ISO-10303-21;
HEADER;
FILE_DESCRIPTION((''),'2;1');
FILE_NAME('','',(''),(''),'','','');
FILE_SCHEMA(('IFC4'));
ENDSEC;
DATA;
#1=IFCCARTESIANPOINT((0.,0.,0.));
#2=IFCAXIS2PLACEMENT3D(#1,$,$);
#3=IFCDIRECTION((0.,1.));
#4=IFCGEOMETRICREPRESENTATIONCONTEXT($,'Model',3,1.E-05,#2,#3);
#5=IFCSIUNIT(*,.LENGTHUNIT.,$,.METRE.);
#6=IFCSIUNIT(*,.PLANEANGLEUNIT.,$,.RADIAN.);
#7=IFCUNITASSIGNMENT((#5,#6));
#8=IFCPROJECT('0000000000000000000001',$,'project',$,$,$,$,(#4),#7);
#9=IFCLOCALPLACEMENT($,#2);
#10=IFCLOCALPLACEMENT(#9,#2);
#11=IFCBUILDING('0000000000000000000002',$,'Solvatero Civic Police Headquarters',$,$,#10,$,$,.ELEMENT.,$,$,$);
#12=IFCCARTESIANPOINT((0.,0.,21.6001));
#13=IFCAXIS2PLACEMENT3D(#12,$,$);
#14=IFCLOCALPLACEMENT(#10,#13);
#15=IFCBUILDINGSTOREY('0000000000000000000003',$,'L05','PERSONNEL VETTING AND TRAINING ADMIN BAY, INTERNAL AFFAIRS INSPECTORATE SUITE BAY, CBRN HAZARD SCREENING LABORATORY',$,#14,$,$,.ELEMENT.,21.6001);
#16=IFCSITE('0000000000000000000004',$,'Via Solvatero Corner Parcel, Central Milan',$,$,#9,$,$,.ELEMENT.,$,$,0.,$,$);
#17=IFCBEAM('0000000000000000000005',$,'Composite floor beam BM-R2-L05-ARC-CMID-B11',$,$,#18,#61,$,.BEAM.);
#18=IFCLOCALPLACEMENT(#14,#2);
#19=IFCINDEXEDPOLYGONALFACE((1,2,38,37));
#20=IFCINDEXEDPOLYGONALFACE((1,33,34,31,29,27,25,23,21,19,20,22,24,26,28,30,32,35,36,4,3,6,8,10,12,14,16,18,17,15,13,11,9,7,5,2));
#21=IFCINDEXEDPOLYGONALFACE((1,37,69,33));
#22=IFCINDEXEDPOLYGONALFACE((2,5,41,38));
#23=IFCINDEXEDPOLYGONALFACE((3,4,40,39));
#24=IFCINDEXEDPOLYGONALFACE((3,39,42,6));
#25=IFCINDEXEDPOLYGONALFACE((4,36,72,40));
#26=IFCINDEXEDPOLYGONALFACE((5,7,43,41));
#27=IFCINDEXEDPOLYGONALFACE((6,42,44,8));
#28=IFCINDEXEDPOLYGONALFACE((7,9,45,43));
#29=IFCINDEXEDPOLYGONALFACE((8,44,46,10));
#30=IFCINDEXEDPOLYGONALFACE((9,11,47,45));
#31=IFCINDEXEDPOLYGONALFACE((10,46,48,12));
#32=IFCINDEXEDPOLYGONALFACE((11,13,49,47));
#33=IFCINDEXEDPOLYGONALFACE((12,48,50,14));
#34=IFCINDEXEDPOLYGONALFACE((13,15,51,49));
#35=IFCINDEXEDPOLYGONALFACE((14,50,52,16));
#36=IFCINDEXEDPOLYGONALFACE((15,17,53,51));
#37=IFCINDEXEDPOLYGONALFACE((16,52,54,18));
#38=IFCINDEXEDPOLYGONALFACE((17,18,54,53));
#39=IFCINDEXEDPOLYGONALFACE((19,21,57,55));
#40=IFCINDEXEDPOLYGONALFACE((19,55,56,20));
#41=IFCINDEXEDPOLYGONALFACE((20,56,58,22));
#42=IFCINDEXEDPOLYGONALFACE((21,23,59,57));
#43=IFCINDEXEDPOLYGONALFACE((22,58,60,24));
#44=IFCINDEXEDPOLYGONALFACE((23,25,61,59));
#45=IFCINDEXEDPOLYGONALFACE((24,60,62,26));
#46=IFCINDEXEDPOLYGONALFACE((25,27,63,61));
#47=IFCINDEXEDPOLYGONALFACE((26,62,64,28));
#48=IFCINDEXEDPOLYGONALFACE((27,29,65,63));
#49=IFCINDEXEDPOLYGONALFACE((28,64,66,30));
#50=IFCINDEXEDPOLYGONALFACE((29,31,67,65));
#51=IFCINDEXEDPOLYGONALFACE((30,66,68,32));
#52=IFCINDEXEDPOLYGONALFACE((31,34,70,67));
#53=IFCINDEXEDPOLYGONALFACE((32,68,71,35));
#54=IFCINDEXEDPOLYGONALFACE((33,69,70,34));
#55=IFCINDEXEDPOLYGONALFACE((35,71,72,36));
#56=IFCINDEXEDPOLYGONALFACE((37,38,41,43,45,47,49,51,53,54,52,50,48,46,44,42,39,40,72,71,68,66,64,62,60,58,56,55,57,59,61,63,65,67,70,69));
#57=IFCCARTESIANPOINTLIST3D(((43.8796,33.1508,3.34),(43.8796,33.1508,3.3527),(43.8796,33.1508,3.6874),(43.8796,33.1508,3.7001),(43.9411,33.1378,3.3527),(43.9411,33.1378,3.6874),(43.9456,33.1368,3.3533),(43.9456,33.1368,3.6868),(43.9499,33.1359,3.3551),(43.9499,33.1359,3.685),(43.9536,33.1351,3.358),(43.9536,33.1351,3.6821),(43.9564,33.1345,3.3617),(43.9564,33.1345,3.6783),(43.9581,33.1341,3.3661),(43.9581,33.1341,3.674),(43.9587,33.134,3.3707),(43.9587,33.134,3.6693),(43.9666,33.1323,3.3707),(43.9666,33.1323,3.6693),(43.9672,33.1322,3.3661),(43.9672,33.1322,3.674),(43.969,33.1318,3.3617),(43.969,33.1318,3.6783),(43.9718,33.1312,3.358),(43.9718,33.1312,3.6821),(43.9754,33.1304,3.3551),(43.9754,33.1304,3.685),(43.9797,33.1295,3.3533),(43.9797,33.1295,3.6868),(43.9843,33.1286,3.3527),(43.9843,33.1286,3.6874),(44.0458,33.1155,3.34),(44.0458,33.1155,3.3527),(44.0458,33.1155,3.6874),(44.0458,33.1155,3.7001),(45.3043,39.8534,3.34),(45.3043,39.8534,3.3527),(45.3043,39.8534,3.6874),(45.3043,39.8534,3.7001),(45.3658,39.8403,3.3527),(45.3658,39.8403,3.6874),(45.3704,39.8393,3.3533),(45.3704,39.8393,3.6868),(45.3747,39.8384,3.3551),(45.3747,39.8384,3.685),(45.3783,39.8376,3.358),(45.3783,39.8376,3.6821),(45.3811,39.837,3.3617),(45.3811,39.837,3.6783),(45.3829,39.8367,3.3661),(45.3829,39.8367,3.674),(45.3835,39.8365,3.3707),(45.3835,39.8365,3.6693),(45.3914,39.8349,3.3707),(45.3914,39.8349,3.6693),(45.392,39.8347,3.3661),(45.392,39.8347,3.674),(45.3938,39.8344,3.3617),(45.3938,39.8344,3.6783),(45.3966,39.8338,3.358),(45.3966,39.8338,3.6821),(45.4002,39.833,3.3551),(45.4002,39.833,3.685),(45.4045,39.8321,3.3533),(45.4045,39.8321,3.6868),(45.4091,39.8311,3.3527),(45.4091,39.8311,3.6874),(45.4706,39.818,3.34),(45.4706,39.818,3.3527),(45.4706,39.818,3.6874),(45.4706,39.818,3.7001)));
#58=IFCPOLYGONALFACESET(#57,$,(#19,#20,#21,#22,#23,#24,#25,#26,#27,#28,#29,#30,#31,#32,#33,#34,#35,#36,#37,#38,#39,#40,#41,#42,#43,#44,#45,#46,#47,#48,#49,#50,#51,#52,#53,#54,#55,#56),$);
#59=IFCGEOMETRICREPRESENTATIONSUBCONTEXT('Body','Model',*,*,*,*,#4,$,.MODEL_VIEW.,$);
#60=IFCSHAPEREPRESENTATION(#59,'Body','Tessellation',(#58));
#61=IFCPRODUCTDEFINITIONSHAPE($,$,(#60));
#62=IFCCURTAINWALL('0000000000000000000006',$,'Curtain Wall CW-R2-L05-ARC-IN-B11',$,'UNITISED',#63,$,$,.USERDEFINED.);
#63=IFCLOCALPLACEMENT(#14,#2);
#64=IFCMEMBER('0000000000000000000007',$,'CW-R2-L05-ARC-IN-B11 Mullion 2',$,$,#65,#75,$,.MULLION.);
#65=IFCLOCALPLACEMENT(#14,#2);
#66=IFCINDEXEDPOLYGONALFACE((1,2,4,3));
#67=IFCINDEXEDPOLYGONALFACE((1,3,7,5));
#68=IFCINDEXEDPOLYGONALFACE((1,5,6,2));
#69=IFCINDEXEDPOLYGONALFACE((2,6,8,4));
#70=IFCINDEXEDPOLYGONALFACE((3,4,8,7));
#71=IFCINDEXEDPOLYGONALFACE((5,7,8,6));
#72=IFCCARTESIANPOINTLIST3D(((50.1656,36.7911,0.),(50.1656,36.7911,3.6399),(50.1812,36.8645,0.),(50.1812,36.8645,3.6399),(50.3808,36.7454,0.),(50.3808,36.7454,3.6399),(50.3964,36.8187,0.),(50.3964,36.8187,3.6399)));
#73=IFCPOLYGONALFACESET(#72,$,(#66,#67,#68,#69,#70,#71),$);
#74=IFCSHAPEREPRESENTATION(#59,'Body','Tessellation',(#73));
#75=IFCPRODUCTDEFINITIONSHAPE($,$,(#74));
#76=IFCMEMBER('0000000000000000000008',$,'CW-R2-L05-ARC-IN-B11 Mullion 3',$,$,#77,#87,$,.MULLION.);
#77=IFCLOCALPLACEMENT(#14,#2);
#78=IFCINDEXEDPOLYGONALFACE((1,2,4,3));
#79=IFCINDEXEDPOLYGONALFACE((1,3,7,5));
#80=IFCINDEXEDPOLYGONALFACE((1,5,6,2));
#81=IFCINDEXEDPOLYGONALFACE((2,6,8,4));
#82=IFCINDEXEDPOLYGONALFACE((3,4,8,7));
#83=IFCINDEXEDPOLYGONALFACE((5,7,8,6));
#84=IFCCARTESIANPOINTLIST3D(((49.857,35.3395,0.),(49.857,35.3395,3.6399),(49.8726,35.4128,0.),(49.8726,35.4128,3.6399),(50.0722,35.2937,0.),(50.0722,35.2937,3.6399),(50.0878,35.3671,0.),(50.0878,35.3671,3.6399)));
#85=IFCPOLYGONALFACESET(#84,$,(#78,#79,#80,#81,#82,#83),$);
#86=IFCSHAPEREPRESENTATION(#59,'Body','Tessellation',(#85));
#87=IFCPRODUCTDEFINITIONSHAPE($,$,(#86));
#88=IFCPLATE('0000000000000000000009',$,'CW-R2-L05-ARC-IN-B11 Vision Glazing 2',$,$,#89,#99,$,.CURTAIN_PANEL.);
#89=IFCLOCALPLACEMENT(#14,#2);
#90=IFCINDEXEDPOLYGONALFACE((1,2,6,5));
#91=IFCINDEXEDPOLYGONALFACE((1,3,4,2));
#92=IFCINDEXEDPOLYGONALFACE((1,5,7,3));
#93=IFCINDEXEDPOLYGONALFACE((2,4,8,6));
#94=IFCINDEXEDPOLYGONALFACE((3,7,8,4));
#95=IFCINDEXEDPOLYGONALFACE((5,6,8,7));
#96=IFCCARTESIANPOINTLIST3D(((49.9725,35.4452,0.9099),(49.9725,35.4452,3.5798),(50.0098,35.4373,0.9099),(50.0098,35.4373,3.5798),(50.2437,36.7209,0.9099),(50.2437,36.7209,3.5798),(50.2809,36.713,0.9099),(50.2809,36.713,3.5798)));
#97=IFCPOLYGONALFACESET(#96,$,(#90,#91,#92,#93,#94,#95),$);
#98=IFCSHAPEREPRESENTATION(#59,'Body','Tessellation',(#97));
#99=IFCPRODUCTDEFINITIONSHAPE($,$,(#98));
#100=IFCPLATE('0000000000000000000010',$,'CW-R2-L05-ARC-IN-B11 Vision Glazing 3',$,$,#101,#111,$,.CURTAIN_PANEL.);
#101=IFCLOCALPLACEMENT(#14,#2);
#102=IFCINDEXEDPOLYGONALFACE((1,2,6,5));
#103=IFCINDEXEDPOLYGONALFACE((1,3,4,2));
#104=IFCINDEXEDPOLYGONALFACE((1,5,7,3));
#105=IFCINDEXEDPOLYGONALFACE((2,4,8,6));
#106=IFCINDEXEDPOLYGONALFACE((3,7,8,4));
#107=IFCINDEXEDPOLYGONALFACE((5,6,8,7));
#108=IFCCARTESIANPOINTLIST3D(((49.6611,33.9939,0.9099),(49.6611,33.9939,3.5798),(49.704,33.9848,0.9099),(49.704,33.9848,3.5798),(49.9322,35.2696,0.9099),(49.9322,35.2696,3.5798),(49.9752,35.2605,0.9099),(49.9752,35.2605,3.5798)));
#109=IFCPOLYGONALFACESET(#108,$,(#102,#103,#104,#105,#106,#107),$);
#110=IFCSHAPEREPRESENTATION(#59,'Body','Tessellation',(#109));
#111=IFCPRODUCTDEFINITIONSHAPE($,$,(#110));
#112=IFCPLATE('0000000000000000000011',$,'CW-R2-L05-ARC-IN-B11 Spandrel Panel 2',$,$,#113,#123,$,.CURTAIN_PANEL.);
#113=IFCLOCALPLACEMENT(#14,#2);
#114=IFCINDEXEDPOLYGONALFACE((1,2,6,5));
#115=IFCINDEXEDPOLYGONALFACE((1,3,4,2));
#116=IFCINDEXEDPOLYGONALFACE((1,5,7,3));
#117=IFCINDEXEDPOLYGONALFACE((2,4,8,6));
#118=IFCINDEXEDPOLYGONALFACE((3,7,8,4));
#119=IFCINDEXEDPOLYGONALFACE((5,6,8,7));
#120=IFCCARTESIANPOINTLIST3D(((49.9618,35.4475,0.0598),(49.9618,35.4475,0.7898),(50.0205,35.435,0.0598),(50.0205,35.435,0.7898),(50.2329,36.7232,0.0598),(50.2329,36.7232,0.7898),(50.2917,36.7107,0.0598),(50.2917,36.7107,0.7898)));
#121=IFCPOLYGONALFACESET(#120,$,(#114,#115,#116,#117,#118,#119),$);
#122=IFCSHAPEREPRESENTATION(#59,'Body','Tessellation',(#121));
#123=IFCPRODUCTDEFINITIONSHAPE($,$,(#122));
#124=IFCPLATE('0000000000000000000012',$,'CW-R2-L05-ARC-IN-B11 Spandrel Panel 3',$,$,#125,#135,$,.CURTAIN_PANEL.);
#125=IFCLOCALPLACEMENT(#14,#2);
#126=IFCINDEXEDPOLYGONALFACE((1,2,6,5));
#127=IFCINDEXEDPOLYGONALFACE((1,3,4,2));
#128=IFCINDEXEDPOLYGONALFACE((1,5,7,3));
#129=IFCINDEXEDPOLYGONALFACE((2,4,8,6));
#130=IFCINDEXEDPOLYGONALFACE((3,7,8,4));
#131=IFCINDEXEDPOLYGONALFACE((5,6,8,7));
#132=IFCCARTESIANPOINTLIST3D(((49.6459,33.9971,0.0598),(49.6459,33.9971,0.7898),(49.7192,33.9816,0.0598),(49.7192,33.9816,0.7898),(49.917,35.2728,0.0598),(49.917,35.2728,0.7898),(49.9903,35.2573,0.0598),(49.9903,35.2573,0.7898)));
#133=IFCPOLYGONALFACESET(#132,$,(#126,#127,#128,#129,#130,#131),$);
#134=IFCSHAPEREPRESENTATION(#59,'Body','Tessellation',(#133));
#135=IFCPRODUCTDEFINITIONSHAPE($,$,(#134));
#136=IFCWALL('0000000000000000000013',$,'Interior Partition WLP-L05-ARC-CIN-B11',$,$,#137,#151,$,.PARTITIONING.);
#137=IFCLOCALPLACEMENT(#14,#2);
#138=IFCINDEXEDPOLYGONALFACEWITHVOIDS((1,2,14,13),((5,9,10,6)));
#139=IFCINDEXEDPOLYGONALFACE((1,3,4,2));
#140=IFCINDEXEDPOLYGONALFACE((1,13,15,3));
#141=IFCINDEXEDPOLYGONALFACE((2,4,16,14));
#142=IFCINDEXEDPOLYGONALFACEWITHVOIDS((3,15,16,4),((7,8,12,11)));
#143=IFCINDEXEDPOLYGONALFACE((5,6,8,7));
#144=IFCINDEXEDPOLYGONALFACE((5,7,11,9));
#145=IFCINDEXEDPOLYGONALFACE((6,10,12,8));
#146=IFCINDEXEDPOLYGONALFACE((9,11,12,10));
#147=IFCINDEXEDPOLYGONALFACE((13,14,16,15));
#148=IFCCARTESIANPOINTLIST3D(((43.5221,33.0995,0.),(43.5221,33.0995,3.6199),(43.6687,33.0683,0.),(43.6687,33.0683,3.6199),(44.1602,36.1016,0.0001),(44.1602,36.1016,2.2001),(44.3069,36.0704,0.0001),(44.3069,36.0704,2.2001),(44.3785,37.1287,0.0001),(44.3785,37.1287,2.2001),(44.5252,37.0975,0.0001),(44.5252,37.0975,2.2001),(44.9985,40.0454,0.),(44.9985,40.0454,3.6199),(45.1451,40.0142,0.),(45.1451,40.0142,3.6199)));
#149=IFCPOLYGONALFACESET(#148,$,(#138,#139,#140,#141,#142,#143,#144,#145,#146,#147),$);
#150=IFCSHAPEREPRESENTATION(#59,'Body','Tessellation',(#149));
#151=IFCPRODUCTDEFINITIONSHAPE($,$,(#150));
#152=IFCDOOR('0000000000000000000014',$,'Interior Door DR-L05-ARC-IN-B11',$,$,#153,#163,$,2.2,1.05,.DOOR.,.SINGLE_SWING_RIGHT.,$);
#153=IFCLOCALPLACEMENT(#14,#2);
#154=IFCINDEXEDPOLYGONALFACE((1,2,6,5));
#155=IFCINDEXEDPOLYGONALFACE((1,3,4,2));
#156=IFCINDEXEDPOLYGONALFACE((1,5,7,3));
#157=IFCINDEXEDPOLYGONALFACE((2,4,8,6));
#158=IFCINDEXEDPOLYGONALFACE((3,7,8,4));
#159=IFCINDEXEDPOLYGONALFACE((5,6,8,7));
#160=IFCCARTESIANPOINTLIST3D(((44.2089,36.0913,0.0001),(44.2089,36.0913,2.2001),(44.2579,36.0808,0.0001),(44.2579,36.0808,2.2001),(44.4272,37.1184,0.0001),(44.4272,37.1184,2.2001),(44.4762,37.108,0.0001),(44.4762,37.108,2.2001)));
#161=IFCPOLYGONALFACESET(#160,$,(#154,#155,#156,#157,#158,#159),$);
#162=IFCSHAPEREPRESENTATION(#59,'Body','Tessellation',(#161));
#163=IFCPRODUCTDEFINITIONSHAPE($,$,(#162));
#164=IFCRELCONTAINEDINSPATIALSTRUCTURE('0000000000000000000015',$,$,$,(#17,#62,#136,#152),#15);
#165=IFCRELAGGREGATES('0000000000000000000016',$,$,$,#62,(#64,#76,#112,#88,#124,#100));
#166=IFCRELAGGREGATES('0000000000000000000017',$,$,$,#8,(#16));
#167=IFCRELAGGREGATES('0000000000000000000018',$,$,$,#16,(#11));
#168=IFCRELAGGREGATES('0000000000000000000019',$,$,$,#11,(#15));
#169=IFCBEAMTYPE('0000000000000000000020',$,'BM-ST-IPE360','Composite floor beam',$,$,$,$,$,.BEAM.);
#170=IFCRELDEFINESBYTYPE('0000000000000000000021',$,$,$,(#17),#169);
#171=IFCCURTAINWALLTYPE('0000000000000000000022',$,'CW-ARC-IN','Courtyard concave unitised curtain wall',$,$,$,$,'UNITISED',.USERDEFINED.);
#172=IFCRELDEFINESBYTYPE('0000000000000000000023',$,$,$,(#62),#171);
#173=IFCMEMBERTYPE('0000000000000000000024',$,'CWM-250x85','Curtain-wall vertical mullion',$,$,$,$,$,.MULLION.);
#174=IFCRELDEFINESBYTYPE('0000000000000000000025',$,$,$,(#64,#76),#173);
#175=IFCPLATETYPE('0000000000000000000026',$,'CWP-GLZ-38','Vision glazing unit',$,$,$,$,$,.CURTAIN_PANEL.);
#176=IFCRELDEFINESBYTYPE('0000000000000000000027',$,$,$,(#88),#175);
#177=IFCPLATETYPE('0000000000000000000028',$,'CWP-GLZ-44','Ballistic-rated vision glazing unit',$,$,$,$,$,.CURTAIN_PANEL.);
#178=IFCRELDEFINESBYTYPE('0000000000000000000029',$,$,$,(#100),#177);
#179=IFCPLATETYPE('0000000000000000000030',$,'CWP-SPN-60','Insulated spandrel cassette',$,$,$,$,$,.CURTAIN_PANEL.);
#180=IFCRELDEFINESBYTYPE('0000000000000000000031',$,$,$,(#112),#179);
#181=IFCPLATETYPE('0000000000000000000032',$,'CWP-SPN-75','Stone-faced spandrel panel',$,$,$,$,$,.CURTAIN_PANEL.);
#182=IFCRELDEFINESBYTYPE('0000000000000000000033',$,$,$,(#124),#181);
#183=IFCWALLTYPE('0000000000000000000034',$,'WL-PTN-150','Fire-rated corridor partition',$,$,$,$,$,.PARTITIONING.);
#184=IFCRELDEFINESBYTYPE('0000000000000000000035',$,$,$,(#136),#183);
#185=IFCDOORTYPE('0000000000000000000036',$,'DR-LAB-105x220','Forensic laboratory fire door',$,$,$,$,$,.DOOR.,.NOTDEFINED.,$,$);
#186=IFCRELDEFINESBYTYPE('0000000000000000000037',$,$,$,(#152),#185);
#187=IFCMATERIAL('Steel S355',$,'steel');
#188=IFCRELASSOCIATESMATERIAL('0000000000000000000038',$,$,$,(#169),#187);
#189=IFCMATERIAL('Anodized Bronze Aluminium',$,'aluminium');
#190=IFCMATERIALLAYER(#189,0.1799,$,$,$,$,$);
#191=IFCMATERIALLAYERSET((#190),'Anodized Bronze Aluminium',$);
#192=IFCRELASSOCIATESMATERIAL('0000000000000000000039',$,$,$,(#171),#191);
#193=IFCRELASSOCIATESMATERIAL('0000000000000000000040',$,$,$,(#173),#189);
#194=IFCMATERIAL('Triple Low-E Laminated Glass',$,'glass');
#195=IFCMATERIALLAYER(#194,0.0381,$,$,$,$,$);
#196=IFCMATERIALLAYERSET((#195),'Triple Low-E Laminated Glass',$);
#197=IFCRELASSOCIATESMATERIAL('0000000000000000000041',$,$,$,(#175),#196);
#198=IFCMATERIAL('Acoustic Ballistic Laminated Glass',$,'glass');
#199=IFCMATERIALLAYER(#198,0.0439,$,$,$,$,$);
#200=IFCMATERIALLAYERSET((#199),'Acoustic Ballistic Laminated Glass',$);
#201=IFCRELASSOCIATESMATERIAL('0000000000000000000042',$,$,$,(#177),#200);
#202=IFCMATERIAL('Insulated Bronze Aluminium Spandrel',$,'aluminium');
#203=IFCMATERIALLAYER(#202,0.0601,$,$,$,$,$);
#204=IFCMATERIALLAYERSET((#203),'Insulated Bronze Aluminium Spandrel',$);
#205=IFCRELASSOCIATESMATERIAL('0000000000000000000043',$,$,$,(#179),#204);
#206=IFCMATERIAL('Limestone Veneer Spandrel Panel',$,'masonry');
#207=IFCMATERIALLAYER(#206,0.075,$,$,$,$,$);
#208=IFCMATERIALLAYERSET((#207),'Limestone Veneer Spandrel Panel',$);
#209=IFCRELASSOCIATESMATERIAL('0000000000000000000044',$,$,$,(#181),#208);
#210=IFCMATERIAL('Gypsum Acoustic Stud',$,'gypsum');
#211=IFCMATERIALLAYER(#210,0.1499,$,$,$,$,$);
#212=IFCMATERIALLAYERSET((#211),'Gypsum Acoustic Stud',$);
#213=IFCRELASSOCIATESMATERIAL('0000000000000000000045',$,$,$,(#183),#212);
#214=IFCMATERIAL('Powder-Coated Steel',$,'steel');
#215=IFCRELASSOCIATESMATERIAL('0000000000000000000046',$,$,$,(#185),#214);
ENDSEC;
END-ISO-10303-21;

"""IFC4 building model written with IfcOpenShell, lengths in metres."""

from ifc_helpers import new_model, si_unit, direction, frame, frame_2d, origin, origin_2d, place, context, subcontext, project, spatial, rectangle, i_section, extrude, material, layer, layer_set, material_profile, profile_set, type_object, element, fill, aggregate, save


model = new_model("IFC4")

# Units and contexts
model_context = context("Model", 3, precision=1e-05, world=origin(), true_north=direction((0.0, 1.0)))
body_context = subcontext(model_context, "Body", "Model", "MODEL_VIEW")
ifc_project = project(units=[si_unit("LENGTHUNIT", "METRE"), si_unit("PLANEANGLEUNIT", "RADIAN")], contexts=[model_context])

# Site, building, storey
site_placement = place(None, origin())
site = spatial("IfcSite", under=ifc_project, at=site_placement, Name="Via Solvatero Corner Parcel, Central Milan", CompositionType="ELEMENT", RefElevation=0.0)
building_placement = place(site_placement, origin())
building = spatial("IfcBuilding", under=site, at=building_placement, Name="Solvatero Civic Police Headquarters", CompositionType="ELEMENT")
storey_placement = place(building_placement, frame((0.0, 0.0, 21.6001)))
storey = spatial("IfcBuildingStorey", under=building, at=storey_placement, Name="L05", Description="PERSONNEL VETTING AND TRAINING ADMIN BAY, INTERNAL AFFAIRS INSPECTORATE SUITE BAY, CBRN HAZARD SCREENING LABORATORY", CompositionType="ELEMENT", Elevation=21.6001)

# Shared definitions
ifc_material_1 = material(Name="Steel S355", Category="steel")

# Beam
ifc_material_profile_1 = material_profile(ifc_material_1, i_section(OverallWidth=0.1699, OverallDepth=0.3601, WebThickness=0.0081, FlangeThickness=0.0127, FilletRadius=0.0181, at=origin_2d()), Name="IPE 360")
ifc_profile_set_1 = profile_set([ifc_material_profile_1], Name="Steel S355")
beam_type_1 = type_object("IfcBeamType", Name="BM-ST-IPE360", Description="Composite floor beam", PredefinedType="BEAM", material=ifc_profile_set_1)
beam_1_placement = place(storey_placement, frame((45.3875, 39.8357, 3.52), z_axis=(-0.207928, -0.978144, 0.0), x_axis=(0.978144, -0.207928, 0.0)))
element("IfcBeam", 1, at=beam_1_placement, inside=storey, type_object=beam_type_1, Name="Composite floor beam BM-R2-L05-ARC-CMID-B11", PredefinedType="BEAM", context=body_context, shape_type="SweptSolid", body=[
    extrude(i_section(OverallWidth=0.1699, OverallDepth=0.3601, WebThickness=0.0081, FlangeThickness=0.0127, FilletRadius=0.0181, at=origin_2d()), origin(), (0.0, 0.0, 1.0), 6.8523),
])

# Curtain wall, members, plates
ifc_material_2 = material(Name="Anodized Bronze Aluminium", Category="aluminium")
ifc_layer_1 = layer(ifc_material_2, 0.1799)
ifc_layer_set_1 = layer_set([ifc_layer_1], Name="Anodized Bronze Aluminium")
curtain_wall_type = type_object("IfcCurtainWallType", Name="CW-ARC-IN", Description="Courtyard concave unitised curtain wall", ElementType="UNITISED", PredefinedType="USERDEFINED", material=ifc_layer_set_1)
curtain_wall_placement = place(storey_placement, origin())
curtain_wall = element("IfcCurtainWall", 2, at=curtain_wall_placement, inside=storey, type_object=curtain_wall_type, Name="Curtain Wall CW-R2-L05-ARC-IN-B11", ObjectType="UNITISED", PredefinedType="USERDEFINED")
ifc_material_profile_2 = material_profile(ifc_material_2, rectangle(XDim=0.075, YDim=0.22, at=origin_2d()), Name="ALU MULLION 75x220")
ifc_profile_set_2 = profile_set([ifc_material_profile_2], Name="Anodized Bronze Aluminium")
member_type = type_object("IfcMemberType", Name="CWM-250x85", Description="Curtain-wall vertical mullion", PredefinedType="MULLION", material=ifc_profile_set_2)
member_1_placement = place(storey_placement, frame((50.281, 36.8049, 0.0), z_axis=(0.0, 0.0, 1.0), x_axis=(-0.207895, -0.978151, 0.0)))
member_1 = element("IfcMember", 3, at=member_1_placement, type_object=member_type, Name="CW-R2-L05-ARC-IN-B11 Mullion 2", PredefinedType="MULLION", context=body_context, shape_type="SweptSolid", body=[
    extrude(rectangle(XDim=0.075, YDim=0.22, at=origin_2d()), origin(), (0.0, 0.0, 1.0), 3.6399),
])
member_2_placement = place(storey_placement, frame((49.9724, 35.3533, 0.0), z_axis=(0.0, 0.0, 1.0), x_axis=(-0.207895, -0.978151, 0.0)))
member_2 = element("IfcMember", 4, at=member_2_placement, type_object=member_type, Name="CW-R2-L05-ARC-IN-B11 Mullion 3", PredefinedType="MULLION", context=body_context, shape_type="SweptSolid", body=[
    extrude(rectangle(XDim=0.075, YDim=0.22, at=origin_2d()), origin(), (0.0, 0.0, 1.0), 3.6399),
])
ifc_material_3 = material(Name="Triple Low-E Laminated Glass", Category="glass")
ifc_layer_2 = layer(ifc_material_3, 0.0381)
ifc_layer_set_2 = layer_set([ifc_layer_2], Name="Triple Low-E Laminated Glass")
plate_type_1 = type_object("IfcPlateType", Name="CWP-GLZ-38", Description="Vision glazing unit", PredefinedType="CURTAIN_PANEL", material=ifc_layer_set_2)
plate_1_placement = place(storey_placement, frame((50.1267, 36.0791, 0.9099), z_axis=(0.0, 0.0, 1.0), x_axis=(-0.207895, -0.978151, 0.0)))
plate_1 = element("IfcPlate", 5, at=plate_1_placement, type_object=plate_type_1, Name="CW-R2-L05-ARC-IN-B11 Vision Glazing 2", PredefinedType="CURTAIN_PANEL", context=body_context, shape_type="SweptSolid", body=[
    extrude(rectangle(XDim=1.3042, YDim=0.0381, at=origin_2d()), origin(), (0.0, 0.0, 1.0), 2.6699),
])
ifc_material_4 = material(Name="Acoustic Ballistic Laminated Glass", Category="glass")
ifc_layer_3 = layer(ifc_material_4, 0.0439)
ifc_layer_set_3 = layer_set([ifc_layer_3], Name="Acoustic Ballistic Laminated Glass")
plate_type_2 = type_object("IfcPlateType", Name="CWP-GLZ-44", Description="Ballistic-rated vision glazing unit", PredefinedType="CURTAIN_PANEL", material=ifc_layer_set_3)
plate_2_placement = place(storey_placement, frame((49.8181, 34.6272, 0.9099), z_axis=(0.0, 0.0, 1.0), x_axis=(-0.207895, -0.978151, 0.0)))
plate_2 = element("IfcPlate", 6, at=plate_2_placement, type_object=plate_type_2, Name="CW-R2-L05-ARC-IN-B11 Vision Glazing 3", PredefinedType="CURTAIN_PANEL", context=body_context, shape_type="SweptSolid", body=[
    extrude(rectangle(XDim=1.3042, YDim=0.0439, at=origin_2d()), origin(), (0.0, 0.0, 1.0), 2.6699),
])
ifc_material_5 = material(Name="Insulated Bronze Aluminium Spandrel", Category="aluminium")
ifc_layer_4 = layer(ifc_material_5, 0.0601)
ifc_layer_set_4 = layer_set([ifc_layer_4], Name="Insulated Bronze Aluminium Spandrel")
plate_type_3 = type_object("IfcPlateType", Name="CWP-SPN-60", Description="Insulated spandrel cassette", PredefinedType="CURTAIN_PANEL", material=ifc_layer_set_4)
plate_3_placement = place(storey_placement, frame((50.1267, 36.0791, 0.0598), z_axis=(0.0, 0.0, 1.0), x_axis=(-0.207895, -0.978151, 0.0)))
plate_3 = element("IfcPlate", 7, at=plate_3_placement, type_object=plate_type_3, Name="CW-R2-L05-ARC-IN-B11 Spandrel Panel 2", PredefinedType="CURTAIN_PANEL", context=body_context, shape_type="SweptSolid", body=[
    extrude(rectangle(XDim=1.3042, YDim=0.0601, at=origin_2d()), origin(), (0.0, 0.0, 1.0), 0.73),
])
ifc_material_6 = material(Name="Limestone Veneer Spandrel Panel", Category="masonry")
ifc_layer_5 = layer(ifc_material_6, 0.075)
ifc_layer_set_5 = layer_set([ifc_layer_5], Name="Limestone Veneer Spandrel Panel")
plate_type_4 = type_object("IfcPlateType", Name="CWP-SPN-75", Description="Stone-faced spandrel panel", PredefinedType="CURTAIN_PANEL", material=ifc_layer_set_5)
plate_4_placement = place(storey_placement, frame((49.8181, 34.6272, 0.0598), z_axis=(0.0, 0.0, 1.0), x_axis=(-0.207895, -0.978151, 0.0)))
plate_4 = element("IfcPlate", 8, at=plate_4_placement, type_object=plate_type_4, Name="CW-R2-L05-ARC-IN-B11 Spandrel Panel 3", PredefinedType="CURTAIN_PANEL", context=body_context, shape_type="SweptSolid", body=[
    extrude(rectangle(XDim=1.3042, YDim=0.075, at=origin_2d()), origin(), (0.0, 0.0, 1.0), 0.73),
])
aggregate(curtain_wall, [member_1, member_2, plate_3, plate_1, plate_4, plate_2])

# Wall, opening, door
ifc_material_7 = material(Name="Gypsum Acoustic Stud", Category="gypsum")
ifc_layer_6 = layer(ifc_material_7, 0.1499)
ifc_layer_set_6 = layer_set([ifc_layer_6], Name="Gypsum Acoustic Stud")
wall_type = type_object("IfcWallType", Name="WL-PTN-150", Description="Fire-rated corridor partition", PredefinedType="PARTITIONING", material=ifc_layer_set_6)
wall_1_placement = place(storey_placement, frame((45.0718, 40.0298, 0.0), z_axis=(0.0, 0.0, 1.0), x_axis=(-0.207904, -0.978149, 0.0)))
wall_1 = element("IfcWall", 9, at=wall_1_placement, inside=storey, type_object=wall_type, Name="Interior Partition WLP-L05-ARC-CIN-B11", PredefinedType="PARTITIONING", context=body_context, shape_type="SweptSolid", body=[
    extrude(rectangle(XDim=7.1011, YDim=0.1499, at=frame_2d((3.5505, 0.0))), origin(), (0.0, 0.0, 1.0), 3.6199),
])
opening_1_placement = place(wall_1_placement, frame((2.9819, 0.0, 0.0)))
opening_1 = element("IfcOpeningElement", 10, at=opening_1_placement, cuts=wall_1, PredefinedType="OPENING", context=body_context, shape_type="SweptSolid", body=[
    extrude(rectangle(XDim=1.05, YDim=2.2, at=frame_2d((0.5249, 1.1001))), frame((0.0, 0.085, 0.0), z_axis=(0.0, -1.0, 0.0), x_axis=(1.0, 0.0, 0.0)), (0.0, 0.0, 1.0), 0.1699),
])
ifc_material_8 = material(Name="Powder-Coated Steel", Category="steel")
door_type_1 = type_object("IfcDoorType", Name="DR-LAB-105x220", Description="Forensic laboratory fire door", OperationType="NOTDEFINED", PredefinedType="DOOR", material=ifc_material_8)
door_1_placement = place(opening_1_placement, origin())
door_1 = element("IfcDoor", 11, at=door_1_placement, inside=storey, type_object=door_type_1, Name="Interior Door DR-L05-ARC-IN-B11", OperationType="SINGLE_SWING_RIGHT", OverallHeight=2.2, OverallWidth=1.05, PredefinedType="DOOR", context=body_context, shape_type="SweptSolid", body=[
    extrude(rectangle(XDim=1.05, YDim=2.2, at=frame_2d((0.5249, 1.1001))), frame((0.0, 0.0249, 0.0), z_axis=(0.0, -1.0, 0.0), x_axis=(1.0, 0.0, 0.0)), (0.0, 0.0, 1.0), 0.05),
])
fill(opening_1, door_1)

save(model, "model.ifc")
